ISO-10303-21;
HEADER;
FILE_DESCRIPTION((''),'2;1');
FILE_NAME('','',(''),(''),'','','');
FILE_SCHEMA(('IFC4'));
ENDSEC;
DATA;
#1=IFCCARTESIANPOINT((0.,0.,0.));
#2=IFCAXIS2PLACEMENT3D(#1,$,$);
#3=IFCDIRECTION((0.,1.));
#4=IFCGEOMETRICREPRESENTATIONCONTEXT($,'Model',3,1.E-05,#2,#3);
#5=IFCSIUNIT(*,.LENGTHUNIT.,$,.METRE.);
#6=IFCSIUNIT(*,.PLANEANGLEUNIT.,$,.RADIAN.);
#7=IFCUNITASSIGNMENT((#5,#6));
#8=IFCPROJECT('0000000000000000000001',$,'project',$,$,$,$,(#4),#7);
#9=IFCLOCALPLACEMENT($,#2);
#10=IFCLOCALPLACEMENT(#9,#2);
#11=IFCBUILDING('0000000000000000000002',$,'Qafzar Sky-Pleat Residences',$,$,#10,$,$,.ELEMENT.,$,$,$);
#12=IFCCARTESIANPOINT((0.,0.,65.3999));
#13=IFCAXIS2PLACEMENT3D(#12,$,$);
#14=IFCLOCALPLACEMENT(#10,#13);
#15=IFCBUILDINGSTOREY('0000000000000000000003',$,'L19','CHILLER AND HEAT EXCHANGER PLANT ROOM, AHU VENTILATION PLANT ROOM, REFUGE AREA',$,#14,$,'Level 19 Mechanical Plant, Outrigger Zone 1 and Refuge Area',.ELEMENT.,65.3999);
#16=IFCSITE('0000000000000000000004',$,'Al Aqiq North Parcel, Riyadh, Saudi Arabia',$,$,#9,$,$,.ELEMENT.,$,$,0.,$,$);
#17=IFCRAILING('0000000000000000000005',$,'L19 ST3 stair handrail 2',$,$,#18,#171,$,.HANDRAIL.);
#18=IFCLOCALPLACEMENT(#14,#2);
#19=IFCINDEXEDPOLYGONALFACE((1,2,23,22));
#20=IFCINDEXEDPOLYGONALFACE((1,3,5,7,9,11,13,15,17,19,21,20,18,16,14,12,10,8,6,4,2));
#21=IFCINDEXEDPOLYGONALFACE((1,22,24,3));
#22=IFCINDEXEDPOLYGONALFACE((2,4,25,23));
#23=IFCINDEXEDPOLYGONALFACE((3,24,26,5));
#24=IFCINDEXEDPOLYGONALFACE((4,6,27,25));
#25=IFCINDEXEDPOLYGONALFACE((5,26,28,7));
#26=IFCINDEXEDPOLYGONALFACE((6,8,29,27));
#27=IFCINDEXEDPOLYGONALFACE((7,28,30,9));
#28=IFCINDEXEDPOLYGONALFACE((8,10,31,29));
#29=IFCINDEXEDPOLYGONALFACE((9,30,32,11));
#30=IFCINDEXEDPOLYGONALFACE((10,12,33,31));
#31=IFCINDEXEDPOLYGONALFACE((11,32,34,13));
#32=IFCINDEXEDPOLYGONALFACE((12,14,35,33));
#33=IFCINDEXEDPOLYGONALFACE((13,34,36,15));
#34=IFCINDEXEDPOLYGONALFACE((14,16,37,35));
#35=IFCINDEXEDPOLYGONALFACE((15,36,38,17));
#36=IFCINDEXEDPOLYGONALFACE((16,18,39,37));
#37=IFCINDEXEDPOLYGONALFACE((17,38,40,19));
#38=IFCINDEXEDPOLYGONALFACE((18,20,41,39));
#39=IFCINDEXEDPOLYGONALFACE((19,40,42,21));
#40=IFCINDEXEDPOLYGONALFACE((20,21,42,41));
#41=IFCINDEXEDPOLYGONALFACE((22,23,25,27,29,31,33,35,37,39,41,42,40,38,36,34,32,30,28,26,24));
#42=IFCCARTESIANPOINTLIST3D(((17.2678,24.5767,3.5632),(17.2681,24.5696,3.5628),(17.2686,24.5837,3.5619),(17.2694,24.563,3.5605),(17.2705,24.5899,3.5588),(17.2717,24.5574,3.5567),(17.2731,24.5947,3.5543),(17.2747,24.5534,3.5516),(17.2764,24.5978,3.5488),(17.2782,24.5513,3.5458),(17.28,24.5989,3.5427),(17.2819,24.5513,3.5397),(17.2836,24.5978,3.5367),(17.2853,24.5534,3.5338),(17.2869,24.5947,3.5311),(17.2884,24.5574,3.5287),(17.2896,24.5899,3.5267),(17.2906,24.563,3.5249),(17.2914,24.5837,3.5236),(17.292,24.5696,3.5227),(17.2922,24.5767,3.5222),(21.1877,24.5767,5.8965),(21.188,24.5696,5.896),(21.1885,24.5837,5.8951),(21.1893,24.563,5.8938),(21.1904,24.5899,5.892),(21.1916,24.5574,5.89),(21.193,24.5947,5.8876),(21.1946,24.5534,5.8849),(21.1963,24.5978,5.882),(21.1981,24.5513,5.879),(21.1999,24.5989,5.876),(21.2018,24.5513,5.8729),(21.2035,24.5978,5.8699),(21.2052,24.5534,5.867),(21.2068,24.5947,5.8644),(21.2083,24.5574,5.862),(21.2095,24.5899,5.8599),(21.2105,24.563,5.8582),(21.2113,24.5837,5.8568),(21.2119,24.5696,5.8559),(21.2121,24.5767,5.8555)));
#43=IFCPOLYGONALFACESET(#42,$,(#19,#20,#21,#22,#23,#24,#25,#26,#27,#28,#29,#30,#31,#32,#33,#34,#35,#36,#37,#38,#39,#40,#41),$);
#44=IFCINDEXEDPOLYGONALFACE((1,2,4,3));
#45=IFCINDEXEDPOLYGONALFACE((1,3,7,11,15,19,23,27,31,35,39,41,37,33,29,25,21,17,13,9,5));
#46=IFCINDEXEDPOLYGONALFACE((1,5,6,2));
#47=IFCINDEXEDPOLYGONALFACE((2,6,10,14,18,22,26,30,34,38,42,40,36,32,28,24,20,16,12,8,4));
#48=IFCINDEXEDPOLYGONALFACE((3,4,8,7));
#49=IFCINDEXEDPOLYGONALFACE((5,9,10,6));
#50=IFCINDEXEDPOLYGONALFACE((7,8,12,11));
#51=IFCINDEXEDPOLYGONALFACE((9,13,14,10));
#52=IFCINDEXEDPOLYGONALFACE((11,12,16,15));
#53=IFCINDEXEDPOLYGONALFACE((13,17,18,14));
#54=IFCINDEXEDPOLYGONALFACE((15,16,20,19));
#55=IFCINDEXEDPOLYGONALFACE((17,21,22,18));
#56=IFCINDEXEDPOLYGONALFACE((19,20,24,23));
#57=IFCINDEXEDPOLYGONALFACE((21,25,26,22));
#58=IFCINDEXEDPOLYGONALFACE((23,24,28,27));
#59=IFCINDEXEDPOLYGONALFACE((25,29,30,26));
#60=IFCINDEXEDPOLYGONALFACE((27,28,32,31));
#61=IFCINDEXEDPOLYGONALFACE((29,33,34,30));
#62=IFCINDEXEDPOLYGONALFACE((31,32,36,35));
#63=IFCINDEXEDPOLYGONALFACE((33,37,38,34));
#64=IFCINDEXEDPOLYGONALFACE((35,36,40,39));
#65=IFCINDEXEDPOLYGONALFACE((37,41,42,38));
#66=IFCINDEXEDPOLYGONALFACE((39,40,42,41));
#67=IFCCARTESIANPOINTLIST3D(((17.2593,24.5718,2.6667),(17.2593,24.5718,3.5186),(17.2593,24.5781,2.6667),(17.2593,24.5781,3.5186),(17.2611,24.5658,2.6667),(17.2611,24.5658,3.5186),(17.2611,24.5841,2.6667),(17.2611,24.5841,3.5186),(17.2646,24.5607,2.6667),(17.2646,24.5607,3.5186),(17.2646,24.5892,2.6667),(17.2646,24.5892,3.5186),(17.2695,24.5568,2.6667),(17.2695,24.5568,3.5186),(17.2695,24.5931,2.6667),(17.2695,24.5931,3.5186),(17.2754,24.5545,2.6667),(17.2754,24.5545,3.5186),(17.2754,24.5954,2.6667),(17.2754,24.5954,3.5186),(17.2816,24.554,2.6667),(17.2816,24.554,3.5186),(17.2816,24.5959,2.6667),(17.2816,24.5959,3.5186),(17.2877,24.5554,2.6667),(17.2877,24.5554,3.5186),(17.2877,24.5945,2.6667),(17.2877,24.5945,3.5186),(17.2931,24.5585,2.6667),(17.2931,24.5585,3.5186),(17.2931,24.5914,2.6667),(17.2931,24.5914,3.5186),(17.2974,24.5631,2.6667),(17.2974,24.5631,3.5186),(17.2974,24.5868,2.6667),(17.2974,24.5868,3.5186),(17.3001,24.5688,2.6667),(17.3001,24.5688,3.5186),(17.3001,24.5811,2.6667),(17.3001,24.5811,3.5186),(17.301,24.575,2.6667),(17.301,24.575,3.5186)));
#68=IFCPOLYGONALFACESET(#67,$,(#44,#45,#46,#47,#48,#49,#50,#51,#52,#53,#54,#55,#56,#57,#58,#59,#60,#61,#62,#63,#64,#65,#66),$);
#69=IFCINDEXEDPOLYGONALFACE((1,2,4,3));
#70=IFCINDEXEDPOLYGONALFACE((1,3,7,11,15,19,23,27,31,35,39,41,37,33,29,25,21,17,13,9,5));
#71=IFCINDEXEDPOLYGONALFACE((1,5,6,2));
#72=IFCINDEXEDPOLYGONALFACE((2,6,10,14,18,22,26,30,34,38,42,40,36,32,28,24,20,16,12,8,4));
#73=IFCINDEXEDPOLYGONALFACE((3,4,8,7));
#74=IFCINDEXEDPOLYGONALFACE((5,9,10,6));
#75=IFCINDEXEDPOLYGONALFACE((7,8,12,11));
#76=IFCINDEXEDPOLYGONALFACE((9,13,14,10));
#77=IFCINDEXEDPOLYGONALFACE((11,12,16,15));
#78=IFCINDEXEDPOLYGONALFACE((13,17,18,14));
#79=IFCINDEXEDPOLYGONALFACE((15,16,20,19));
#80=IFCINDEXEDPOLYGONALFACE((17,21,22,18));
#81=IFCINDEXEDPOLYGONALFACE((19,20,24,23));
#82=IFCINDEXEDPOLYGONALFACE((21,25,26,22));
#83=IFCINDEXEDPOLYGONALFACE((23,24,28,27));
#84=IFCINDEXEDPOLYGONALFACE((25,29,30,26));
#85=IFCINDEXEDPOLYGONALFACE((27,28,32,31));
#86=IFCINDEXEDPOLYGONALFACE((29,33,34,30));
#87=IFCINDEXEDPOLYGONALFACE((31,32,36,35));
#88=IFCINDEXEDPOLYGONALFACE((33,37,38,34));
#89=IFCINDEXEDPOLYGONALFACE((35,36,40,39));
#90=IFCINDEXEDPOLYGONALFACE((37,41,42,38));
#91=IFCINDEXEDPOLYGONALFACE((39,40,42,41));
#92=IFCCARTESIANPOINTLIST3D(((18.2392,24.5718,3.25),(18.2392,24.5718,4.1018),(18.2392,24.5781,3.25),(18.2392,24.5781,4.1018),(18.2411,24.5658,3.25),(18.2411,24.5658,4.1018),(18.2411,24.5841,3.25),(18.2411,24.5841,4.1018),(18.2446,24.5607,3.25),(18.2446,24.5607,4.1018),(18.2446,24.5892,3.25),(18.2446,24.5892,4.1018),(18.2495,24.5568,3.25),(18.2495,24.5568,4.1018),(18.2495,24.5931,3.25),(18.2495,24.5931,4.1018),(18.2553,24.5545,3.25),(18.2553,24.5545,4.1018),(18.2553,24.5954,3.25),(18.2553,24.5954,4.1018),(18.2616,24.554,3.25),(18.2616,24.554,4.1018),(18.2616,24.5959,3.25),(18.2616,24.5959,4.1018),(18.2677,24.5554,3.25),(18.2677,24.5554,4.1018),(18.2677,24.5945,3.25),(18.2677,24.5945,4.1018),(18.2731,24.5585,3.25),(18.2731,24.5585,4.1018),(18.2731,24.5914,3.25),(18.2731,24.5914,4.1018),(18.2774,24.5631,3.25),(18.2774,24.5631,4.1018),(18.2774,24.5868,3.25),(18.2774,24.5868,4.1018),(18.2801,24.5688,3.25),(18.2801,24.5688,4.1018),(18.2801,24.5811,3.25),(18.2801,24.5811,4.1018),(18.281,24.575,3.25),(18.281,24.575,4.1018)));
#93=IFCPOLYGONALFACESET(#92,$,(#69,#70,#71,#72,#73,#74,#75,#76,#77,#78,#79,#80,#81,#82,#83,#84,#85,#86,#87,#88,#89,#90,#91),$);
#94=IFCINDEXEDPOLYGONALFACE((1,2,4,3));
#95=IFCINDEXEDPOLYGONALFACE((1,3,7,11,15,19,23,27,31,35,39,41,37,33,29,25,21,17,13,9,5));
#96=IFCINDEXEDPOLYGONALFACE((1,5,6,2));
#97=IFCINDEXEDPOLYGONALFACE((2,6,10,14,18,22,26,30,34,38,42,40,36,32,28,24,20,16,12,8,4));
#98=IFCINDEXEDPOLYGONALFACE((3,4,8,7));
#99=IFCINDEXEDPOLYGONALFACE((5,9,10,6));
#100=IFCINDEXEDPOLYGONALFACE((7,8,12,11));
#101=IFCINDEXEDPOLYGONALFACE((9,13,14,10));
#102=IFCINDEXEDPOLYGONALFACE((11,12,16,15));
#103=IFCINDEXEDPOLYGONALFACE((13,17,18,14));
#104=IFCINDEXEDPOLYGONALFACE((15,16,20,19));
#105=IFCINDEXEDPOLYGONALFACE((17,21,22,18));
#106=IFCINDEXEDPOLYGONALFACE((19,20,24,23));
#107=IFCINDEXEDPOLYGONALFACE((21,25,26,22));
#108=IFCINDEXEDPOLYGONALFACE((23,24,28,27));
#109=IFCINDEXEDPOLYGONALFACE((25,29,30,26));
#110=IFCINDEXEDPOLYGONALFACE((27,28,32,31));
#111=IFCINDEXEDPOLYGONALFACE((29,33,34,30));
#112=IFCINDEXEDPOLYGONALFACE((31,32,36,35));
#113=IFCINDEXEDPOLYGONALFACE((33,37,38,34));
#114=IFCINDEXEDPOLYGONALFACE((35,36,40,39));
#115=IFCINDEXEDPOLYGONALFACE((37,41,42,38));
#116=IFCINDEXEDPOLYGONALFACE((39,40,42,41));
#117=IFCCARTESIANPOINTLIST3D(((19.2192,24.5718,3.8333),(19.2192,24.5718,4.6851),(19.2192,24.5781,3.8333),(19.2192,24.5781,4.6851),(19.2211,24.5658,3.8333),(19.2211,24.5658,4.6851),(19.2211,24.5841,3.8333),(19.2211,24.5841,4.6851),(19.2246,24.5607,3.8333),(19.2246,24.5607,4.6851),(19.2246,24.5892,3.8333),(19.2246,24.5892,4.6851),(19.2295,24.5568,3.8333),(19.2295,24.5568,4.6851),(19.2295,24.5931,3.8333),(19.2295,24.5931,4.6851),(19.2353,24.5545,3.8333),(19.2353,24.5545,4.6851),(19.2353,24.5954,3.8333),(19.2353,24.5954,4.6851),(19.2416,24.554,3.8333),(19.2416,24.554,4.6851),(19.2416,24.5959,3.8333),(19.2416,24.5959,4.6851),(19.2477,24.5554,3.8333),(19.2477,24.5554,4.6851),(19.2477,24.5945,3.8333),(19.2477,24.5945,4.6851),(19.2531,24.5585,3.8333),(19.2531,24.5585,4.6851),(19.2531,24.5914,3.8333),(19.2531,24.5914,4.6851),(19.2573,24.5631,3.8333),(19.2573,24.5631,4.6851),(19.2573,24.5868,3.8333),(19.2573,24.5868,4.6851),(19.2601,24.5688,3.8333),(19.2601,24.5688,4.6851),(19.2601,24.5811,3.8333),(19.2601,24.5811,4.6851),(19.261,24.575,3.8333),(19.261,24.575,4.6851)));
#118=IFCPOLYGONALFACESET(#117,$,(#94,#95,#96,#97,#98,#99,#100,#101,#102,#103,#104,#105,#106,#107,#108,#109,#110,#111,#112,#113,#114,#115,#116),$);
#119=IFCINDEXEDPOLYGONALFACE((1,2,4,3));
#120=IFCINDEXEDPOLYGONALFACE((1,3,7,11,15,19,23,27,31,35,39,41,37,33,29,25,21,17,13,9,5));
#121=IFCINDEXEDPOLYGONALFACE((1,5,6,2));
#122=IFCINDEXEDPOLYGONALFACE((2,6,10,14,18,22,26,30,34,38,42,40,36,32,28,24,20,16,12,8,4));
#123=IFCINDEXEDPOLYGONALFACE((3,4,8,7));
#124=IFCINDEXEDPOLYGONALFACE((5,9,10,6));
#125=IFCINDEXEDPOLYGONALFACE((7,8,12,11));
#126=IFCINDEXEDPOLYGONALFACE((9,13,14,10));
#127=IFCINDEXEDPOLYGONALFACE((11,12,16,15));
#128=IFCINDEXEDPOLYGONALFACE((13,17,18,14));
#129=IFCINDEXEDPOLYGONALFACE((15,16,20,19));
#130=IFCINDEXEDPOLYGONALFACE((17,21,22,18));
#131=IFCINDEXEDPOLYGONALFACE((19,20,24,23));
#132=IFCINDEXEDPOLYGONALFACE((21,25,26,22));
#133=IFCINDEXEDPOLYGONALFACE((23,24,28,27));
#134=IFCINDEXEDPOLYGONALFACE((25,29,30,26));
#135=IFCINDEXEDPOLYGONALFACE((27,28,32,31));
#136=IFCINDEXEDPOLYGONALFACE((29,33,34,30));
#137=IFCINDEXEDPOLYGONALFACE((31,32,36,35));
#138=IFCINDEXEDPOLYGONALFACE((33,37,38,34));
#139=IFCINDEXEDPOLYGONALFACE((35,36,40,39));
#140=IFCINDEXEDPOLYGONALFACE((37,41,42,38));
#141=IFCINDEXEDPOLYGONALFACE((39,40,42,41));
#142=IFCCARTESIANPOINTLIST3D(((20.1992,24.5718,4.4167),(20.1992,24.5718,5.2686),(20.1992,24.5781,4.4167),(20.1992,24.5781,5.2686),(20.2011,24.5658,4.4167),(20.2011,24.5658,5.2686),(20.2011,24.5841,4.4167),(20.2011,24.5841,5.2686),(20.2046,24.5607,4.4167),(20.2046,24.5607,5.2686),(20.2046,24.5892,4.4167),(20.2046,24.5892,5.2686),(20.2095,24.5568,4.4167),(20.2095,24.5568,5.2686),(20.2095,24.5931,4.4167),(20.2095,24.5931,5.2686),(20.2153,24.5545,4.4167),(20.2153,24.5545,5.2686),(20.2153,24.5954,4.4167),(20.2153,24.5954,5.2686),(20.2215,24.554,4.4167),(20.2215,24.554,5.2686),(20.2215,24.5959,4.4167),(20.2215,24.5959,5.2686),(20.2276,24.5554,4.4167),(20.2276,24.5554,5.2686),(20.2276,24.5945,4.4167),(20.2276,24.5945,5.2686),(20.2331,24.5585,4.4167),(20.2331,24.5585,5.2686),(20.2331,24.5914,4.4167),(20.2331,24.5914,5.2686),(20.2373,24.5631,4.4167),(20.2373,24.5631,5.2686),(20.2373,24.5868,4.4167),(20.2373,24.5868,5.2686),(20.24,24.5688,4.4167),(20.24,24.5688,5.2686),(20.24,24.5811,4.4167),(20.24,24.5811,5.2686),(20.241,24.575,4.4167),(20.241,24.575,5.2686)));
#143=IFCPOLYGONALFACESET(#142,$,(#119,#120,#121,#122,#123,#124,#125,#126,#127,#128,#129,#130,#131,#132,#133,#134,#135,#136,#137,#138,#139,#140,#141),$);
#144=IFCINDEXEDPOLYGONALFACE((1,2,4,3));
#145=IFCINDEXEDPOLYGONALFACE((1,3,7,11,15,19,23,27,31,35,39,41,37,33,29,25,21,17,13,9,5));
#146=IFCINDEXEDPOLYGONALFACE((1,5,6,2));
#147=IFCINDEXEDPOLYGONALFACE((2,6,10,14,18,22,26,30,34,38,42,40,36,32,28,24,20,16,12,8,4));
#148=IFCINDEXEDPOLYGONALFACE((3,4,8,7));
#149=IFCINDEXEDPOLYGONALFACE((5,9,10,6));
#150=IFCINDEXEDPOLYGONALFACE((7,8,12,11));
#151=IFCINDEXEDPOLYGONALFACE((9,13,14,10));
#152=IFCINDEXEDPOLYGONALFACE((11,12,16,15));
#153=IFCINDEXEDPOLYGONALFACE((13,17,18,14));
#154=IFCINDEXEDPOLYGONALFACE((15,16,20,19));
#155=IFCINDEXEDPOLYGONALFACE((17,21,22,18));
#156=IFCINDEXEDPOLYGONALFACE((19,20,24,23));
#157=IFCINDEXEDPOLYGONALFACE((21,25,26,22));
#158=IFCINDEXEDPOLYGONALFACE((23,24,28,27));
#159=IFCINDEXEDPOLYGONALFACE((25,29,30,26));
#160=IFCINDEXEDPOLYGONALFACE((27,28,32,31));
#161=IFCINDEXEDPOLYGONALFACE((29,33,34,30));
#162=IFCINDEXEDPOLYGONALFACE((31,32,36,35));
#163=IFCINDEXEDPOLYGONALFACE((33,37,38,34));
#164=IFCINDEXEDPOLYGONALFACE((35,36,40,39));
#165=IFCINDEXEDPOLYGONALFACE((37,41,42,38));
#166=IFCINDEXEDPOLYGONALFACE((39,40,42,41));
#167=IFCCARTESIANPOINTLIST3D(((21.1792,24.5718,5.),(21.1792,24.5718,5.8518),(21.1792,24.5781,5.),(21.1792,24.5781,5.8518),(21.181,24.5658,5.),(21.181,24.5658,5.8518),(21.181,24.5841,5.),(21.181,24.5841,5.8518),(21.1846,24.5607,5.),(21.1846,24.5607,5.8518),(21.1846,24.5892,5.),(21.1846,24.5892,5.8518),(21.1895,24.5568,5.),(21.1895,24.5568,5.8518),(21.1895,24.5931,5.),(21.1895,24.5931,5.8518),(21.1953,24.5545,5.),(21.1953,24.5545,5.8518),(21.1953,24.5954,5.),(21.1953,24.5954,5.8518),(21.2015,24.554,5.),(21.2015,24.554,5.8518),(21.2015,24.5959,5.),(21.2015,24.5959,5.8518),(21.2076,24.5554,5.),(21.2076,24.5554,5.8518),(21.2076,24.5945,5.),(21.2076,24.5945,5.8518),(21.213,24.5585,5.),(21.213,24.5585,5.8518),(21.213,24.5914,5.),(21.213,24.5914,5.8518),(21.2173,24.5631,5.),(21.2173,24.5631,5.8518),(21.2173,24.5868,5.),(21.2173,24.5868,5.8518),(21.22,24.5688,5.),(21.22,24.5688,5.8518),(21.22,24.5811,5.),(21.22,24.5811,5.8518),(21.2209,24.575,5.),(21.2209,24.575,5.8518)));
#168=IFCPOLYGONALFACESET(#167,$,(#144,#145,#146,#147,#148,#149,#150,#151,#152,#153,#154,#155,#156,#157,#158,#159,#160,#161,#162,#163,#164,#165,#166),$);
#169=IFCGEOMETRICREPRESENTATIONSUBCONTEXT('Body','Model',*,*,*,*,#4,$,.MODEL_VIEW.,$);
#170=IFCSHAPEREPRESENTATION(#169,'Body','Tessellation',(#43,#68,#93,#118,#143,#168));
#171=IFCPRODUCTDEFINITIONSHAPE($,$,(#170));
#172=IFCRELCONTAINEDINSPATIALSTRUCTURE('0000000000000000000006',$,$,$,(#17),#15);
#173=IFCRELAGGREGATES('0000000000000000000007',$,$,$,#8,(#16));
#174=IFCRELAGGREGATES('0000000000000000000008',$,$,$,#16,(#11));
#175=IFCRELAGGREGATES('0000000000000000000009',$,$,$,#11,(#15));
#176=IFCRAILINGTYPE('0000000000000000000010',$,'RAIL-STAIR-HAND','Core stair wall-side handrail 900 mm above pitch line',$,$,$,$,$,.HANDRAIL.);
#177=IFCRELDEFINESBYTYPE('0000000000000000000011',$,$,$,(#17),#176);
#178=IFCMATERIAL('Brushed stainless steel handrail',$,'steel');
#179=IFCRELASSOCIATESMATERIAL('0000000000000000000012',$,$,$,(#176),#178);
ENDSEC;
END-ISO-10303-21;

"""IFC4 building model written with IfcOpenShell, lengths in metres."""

from ifc_helpers import new_model, si_unit, direction, frame, origin, origin_2d, place, context, subcontext, project, spatial, circle, extrude, source, transform, mapped, material, type_object, element, save


model = new_model("IFC4")

# Units and contexts
model_context = context("Model", 3, precision=1e-05, world=origin(), true_north=direction((0.0, 1.0)))
body_context = subcontext(model_context, "Body", "Model", "MODEL_VIEW")
ifc_project = project(units=[si_unit("LENGTHUNIT", "METRE"), si_unit("PLANEANGLEUNIT", "RADIAN")], contexts=[model_context])

# Site, building, storey
site_placement = place(None, origin())
site = spatial("IfcSite", under=ifc_project, at=site_placement, Name="Al Aqiq North Parcel, Riyadh, Saudi Arabia", CompositionType="ELEMENT", RefElevation=0.0)
building_placement = place(site_placement, origin())
building = spatial("IfcBuilding", under=site, at=building_placement, Name="Qafzar Sky-Pleat Residences", CompositionType="ELEMENT")
storey_placement = place(building_placement, frame((0.0, 0.0, 65.3999)))
storey = spatial("IfcBuildingStorey", under=building, at=storey_placement, Name="L19", Description="CHILLER AND HEAT EXCHANGER PLANT ROOM, AHU VENTILATION PLANT ROOM, REFUGE AREA", LongName="Level 19 Mechanical Plant, Outrigger Zone 1 and Refuge Area", CompositionType="ELEMENT", Elevation=65.3999)

# Railing
ifc_material_1 = material(Name="Brushed stainless steel handrail", Category="steel")
railing_type_1 = type_object("IfcRailingType", Name="RAIL-STAIR-HAND", Description="Core stair wall-side handrail 900 mm above pitch line", PredefinedType="HANDRAIL", material=ifc_material_1)
shared_shape_1 = source(origin(), body_context, "Body", "SweptSolid", [
    extrude(circle(Radius=0.0239, at=origin_2d()), frame((0.0, 0.0, 0.876), z_axis=(0.859296, 0.0, 0.511478), x_axis=(0.0, 1.0, 0.0)), (0.0, 0.0, 1.0), 4.5618),
    extrude(circle(Radius=0.021, at=origin_2d()), origin(), (0.0, 0.0, 1.0), 0.8518),
    extrude(circle(Radius=0.021, at=origin_2d()), frame((0.98, 0.0, 0.5833)), (0.0, 0.0, 1.0), 0.8518),
    extrude(circle(Radius=0.021, at=origin_2d()), frame((1.96, 0.0, 1.1665)), (0.0, 0.0, 1.0), 0.8518),
    extrude(circle(Radius=0.021, at=origin_2d()), frame((2.9399, 0.0, 1.75)), (0.0, 0.0, 1.0), 0.8518),
    extrude(circle(Radius=0.021, at=origin_2d()), frame((3.9199, 0.0, 2.3333)), (0.0, 0.0, 1.0), 0.8518),
])
railing_1_placement = place(storey_placement, frame((17.28, 24.575, 2.6667)))
element("IfcRailing", 1, at=railing_1_placement, inside=storey, type_object=railing_type_1, Name="L19 ST3 stair handrail 2", PredefinedType="HANDRAIL", context=body_context, shape_type="MappedRepresentation", body=[
    mapped(shared_shape_1, transform((0.0, 0.0, 0.0), x_axis=(1.0, 0.0, 0.0), y_axis=(0.0, 1.0, 0.0), z_axis=(0.0, 0.0, 1.0), scale=1.0)),
])

save(model, "model.ifc")
